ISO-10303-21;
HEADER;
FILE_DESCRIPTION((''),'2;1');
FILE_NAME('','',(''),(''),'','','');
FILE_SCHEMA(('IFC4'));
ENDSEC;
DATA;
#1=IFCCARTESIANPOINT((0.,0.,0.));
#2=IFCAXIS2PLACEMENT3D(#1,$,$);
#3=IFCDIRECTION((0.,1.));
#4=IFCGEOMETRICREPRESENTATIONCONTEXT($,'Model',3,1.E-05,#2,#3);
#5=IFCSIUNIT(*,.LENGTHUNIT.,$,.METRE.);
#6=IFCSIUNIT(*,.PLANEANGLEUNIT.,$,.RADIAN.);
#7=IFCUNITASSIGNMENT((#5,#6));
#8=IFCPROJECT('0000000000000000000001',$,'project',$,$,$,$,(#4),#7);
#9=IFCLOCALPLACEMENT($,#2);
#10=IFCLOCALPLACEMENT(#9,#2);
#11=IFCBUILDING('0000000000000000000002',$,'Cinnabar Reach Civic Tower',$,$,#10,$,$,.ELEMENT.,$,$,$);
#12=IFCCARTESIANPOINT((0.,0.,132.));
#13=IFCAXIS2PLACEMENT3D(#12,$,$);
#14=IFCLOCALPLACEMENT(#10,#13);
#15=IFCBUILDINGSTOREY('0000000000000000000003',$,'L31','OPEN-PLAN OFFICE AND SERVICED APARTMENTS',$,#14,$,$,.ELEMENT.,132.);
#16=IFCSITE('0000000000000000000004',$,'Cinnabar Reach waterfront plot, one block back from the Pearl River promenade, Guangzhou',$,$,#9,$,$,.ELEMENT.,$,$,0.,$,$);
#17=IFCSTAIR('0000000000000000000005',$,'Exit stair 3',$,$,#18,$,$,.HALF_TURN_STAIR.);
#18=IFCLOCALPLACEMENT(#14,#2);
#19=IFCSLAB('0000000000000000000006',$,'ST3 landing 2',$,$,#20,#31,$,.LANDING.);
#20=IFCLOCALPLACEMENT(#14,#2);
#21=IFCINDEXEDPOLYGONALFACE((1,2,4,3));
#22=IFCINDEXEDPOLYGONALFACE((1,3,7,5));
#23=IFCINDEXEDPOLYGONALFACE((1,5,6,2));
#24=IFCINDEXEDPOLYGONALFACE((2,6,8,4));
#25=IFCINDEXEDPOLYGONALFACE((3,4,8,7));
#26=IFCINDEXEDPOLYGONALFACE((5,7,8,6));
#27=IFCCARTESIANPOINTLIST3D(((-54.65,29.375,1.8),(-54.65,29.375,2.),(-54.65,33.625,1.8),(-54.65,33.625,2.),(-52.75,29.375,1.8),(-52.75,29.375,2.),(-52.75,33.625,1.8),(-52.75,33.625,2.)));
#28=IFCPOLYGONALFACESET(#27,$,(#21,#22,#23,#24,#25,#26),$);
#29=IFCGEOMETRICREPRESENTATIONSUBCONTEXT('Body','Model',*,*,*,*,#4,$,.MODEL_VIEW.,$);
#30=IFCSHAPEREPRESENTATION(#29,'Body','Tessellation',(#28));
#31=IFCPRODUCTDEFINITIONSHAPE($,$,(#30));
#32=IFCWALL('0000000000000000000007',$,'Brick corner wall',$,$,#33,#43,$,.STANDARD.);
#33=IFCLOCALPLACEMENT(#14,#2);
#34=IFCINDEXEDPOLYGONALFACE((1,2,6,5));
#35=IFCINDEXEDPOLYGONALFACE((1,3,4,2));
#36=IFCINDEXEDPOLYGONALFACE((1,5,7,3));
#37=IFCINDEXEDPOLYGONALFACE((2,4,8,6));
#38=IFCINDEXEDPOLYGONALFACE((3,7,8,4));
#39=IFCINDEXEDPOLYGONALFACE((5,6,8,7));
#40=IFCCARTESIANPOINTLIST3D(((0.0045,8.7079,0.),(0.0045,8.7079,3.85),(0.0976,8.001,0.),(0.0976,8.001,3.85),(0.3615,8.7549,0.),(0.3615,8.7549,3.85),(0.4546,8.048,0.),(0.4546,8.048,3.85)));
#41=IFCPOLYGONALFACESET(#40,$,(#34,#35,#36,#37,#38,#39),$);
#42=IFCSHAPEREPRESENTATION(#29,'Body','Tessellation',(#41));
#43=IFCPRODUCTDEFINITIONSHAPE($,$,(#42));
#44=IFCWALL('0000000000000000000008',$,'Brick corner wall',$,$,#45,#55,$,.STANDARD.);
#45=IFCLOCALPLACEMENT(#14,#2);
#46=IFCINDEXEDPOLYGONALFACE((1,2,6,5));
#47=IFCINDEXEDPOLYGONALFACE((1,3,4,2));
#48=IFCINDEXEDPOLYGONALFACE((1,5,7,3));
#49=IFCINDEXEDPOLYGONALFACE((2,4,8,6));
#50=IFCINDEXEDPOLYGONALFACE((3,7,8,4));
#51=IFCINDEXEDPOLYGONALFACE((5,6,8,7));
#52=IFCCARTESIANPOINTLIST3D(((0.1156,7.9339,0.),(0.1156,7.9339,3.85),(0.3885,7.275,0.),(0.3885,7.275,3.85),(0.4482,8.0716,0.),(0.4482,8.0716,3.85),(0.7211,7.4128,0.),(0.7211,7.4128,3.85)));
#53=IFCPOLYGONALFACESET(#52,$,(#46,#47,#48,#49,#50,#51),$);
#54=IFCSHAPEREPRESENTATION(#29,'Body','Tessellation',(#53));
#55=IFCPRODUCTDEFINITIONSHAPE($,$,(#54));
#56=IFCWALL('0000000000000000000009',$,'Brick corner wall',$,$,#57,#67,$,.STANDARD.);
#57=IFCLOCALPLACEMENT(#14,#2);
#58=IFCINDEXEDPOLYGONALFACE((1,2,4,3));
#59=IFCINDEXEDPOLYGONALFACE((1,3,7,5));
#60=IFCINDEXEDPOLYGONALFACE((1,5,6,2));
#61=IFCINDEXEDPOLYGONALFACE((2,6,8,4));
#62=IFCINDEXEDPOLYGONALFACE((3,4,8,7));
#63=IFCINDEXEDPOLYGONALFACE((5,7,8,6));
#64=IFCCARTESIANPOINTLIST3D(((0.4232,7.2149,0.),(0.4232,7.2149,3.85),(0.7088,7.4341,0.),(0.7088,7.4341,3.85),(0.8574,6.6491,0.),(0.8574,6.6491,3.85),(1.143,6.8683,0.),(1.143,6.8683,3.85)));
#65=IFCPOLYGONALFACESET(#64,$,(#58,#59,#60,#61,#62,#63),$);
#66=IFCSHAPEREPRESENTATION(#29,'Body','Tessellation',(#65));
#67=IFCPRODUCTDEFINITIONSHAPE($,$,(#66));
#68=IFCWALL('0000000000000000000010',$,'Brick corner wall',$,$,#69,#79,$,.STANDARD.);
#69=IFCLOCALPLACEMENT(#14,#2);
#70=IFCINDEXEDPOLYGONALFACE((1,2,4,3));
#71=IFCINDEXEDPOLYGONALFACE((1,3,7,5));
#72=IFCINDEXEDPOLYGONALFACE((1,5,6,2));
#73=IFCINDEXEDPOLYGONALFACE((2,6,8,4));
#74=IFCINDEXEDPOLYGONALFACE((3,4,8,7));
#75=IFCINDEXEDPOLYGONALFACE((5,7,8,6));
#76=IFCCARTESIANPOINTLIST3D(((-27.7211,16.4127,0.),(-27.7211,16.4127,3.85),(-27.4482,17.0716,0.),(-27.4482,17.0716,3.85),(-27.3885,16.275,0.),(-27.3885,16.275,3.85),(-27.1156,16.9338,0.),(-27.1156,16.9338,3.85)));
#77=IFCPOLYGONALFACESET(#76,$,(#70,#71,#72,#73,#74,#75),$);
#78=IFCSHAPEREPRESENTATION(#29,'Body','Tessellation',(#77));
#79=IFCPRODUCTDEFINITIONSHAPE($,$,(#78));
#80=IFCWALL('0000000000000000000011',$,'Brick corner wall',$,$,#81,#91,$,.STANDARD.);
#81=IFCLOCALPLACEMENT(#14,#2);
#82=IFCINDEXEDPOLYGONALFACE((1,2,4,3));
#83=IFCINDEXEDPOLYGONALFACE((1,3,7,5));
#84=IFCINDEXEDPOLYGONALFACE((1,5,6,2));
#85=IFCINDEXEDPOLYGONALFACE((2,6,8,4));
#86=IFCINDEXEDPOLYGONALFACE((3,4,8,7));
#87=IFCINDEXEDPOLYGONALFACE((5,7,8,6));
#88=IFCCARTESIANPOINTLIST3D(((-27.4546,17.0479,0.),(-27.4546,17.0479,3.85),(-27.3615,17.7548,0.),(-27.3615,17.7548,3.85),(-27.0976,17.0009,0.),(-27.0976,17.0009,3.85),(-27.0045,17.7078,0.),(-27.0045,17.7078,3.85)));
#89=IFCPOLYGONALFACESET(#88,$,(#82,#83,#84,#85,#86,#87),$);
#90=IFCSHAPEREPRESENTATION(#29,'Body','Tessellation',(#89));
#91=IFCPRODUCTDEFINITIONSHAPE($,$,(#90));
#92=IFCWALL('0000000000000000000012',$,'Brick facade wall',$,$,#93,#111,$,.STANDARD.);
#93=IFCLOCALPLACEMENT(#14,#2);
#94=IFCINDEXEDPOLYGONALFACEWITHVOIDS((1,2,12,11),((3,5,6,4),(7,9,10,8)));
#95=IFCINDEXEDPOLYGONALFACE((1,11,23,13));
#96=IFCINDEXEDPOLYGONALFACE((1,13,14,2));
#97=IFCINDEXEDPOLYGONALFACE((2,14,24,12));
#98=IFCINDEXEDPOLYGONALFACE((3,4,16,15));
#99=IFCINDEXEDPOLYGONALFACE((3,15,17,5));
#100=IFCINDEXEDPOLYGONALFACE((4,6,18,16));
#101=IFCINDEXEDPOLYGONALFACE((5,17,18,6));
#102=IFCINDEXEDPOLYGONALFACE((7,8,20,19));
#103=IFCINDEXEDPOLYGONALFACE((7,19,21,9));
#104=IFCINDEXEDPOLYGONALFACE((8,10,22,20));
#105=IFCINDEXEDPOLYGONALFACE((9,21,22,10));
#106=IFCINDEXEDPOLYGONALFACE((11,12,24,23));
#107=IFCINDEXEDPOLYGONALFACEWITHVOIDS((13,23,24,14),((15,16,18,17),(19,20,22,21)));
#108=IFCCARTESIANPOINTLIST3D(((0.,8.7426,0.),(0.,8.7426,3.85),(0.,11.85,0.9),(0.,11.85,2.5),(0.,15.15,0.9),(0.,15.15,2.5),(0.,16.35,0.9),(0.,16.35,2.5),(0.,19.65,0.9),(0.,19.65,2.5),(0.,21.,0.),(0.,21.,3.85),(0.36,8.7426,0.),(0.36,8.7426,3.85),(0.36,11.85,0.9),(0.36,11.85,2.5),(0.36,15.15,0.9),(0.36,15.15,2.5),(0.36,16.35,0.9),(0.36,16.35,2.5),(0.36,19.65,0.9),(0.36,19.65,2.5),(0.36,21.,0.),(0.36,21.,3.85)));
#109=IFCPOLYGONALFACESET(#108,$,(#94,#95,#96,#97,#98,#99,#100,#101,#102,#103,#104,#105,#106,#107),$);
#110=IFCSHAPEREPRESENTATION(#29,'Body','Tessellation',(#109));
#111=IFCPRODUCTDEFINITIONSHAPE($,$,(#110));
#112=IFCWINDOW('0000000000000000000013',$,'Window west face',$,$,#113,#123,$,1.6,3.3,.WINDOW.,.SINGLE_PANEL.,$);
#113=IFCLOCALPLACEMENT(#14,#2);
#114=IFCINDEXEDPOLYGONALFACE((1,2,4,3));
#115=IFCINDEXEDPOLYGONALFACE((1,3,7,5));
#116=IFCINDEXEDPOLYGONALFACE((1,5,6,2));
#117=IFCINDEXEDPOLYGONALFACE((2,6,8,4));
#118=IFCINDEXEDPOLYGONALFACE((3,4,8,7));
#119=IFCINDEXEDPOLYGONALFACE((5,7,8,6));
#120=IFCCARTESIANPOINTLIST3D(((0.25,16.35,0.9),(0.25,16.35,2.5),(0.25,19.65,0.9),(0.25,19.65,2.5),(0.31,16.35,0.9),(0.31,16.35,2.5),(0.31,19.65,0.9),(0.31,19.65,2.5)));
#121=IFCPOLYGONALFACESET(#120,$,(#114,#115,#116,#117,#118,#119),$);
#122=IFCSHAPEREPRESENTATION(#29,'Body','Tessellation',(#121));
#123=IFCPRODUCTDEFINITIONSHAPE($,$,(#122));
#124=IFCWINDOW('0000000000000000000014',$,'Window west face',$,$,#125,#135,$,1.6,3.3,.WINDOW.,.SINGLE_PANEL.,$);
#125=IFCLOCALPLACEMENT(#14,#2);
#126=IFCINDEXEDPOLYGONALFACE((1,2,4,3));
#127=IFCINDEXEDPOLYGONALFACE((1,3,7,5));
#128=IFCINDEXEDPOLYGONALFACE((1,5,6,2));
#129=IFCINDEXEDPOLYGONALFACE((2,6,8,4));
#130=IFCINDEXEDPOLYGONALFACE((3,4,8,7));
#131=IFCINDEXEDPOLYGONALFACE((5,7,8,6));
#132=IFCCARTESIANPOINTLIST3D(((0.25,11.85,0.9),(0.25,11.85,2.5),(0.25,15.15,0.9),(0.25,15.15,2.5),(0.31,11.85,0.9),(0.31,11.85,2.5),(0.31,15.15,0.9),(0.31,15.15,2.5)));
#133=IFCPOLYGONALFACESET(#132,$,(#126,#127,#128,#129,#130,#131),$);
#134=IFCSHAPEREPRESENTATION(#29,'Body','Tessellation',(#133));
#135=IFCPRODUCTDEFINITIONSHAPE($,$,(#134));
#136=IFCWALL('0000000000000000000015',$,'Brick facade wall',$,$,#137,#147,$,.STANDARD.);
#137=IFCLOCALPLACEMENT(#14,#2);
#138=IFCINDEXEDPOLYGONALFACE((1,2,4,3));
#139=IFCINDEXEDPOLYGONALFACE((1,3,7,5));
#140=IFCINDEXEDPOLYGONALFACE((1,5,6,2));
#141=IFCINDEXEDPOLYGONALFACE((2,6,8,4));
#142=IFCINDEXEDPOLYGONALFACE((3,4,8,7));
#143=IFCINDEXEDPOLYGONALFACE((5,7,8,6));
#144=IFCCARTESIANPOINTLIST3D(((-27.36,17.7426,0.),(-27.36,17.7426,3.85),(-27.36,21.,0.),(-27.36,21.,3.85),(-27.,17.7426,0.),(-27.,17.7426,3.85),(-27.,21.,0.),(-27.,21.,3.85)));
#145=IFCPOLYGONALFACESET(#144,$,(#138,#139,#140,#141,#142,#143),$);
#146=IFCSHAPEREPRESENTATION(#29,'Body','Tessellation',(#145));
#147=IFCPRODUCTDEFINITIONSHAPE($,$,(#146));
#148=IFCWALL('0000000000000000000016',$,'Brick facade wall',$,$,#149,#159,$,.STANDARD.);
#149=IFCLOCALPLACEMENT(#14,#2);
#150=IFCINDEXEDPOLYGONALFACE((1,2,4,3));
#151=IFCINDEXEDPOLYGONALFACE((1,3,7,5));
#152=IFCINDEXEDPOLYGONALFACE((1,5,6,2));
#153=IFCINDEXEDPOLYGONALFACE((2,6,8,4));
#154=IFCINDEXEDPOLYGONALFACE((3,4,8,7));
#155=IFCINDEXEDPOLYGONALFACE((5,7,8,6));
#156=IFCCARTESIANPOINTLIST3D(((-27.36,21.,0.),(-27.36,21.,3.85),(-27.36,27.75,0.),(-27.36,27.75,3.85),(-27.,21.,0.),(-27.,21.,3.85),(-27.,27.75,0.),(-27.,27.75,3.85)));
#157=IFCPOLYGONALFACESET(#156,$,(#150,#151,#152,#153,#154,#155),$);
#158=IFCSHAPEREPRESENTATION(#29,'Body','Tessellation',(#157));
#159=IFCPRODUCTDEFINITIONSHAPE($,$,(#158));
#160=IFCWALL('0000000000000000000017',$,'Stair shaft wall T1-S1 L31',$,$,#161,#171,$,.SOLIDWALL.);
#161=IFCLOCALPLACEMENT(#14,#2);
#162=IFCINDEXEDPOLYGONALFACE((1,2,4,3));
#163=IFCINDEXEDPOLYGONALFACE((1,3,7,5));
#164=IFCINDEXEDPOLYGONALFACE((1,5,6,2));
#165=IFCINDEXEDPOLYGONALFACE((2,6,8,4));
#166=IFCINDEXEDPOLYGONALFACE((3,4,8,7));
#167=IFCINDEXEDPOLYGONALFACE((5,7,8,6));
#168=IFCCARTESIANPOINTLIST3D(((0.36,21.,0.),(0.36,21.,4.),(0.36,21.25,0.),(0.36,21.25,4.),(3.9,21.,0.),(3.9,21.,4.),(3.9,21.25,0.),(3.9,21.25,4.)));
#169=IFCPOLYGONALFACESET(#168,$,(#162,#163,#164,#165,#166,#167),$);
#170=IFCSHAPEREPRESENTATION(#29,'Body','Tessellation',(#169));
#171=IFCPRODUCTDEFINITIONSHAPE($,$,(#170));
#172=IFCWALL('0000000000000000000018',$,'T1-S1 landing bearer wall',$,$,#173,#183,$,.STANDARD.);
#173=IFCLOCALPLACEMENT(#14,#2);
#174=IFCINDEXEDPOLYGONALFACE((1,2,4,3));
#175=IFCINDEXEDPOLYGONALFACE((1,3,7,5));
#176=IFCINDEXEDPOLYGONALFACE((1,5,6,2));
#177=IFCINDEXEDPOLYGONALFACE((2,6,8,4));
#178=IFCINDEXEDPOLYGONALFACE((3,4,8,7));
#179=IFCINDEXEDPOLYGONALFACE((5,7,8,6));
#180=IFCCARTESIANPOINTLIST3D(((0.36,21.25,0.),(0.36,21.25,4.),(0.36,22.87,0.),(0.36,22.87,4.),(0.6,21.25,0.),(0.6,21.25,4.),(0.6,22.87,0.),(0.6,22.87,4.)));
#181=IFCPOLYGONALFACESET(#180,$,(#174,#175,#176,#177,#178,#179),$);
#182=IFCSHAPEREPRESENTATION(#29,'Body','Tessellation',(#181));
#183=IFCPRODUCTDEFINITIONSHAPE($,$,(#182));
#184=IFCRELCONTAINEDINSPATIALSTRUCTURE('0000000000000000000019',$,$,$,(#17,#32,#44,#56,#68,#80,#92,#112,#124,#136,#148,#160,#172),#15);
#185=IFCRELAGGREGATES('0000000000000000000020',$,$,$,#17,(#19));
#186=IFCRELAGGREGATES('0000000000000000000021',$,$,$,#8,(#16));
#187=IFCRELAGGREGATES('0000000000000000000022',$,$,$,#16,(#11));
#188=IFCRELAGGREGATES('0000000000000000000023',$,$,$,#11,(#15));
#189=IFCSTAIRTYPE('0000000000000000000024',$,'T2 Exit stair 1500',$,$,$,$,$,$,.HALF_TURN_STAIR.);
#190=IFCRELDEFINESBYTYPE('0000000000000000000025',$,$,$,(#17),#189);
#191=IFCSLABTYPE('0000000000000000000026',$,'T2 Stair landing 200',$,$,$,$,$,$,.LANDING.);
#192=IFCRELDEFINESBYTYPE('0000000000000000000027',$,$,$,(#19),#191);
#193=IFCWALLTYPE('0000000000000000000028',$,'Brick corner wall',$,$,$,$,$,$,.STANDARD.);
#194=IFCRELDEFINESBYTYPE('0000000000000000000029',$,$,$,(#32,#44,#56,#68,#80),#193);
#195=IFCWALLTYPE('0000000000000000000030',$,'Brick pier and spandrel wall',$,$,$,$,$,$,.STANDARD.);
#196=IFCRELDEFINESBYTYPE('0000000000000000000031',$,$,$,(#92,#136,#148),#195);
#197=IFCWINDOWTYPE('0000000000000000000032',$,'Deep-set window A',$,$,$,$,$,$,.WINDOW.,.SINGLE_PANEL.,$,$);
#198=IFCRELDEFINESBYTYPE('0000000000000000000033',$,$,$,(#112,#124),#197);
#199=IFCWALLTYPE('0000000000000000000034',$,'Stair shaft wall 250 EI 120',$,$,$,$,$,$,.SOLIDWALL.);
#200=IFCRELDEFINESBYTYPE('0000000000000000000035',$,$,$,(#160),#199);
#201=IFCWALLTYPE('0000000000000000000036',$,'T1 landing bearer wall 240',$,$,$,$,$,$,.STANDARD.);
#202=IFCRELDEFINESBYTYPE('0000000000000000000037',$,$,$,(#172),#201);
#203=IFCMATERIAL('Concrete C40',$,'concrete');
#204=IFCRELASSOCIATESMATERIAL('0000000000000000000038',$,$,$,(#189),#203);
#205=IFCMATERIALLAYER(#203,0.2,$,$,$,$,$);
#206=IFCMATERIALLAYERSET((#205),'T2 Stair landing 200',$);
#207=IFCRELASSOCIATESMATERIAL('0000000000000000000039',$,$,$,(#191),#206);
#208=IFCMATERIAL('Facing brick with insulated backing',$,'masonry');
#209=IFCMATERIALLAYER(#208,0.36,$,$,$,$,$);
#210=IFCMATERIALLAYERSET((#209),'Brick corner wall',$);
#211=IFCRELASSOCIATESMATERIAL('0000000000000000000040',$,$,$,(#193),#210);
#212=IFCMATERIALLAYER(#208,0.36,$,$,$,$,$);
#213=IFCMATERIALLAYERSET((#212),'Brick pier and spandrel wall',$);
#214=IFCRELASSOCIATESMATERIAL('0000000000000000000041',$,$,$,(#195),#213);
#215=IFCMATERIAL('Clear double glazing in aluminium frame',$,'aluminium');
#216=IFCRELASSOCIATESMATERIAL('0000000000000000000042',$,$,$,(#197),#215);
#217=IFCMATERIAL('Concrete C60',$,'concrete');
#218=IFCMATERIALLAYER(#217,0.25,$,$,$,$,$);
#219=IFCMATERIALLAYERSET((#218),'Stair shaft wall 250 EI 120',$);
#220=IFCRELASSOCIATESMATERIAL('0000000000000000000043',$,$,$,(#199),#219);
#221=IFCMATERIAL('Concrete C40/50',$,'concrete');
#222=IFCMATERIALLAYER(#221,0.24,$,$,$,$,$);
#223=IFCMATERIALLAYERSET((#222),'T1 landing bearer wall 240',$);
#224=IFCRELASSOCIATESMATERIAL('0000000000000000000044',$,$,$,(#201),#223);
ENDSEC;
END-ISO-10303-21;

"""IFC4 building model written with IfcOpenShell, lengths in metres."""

from ifc_helpers import new_model, si_unit, direction, frame, frame_2d, origin, place, context, subcontext, project, spatial, polyline, rectangle, outline, extrude, material, layer, layer_set, type_object, element, fill, aggregate, save


model = new_model("IFC4")

# Units and contexts
model_context = context("Model", 3, precision=1e-05, world=origin(), true_north=direction((0.0, 1.0)))
body_context = subcontext(model_context, "Body", "Model", "MODEL_VIEW")
ifc_project = project(units=[si_unit("LENGTHUNIT", "METRE"), si_unit("PLANEANGLEUNIT", "RADIAN")], contexts=[model_context])

# Site, building, storey
site_placement = place(None, origin())
site = spatial("IfcSite", under=ifc_project, at=site_placement, Name="Cinnabar Reach waterfront plot, one block back from the Pearl River promenade, Guangzhou", CompositionType="ELEMENT", RefElevation=0.0)
building_placement = place(site_placement, origin())
building = spatial("IfcBuilding", under=site, at=building_placement, Name="Cinnabar Reach Civic Tower", CompositionType="ELEMENT")
storey_placement = place(building_placement, frame((0.0, 0.0, 132.0)))
storey = spatial("IfcBuildingStorey", under=building, at=storey_placement, Name="L31", Description="OPEN-PLAN OFFICE AND SERVICED APARTMENTS", CompositionType="ELEMENT", Elevation=132.0)

# Shared definitions
ifc_material_1 = material(Name="Concrete C60", Category="concrete")

# Shared definitions
ifc_material_2 = material(Name="Concrete C40", Category="concrete")

# Shared definitions
ifc_material_3 = material(Name="Concrete C40/50", Category="concrete")

# Stair, slab
stair_type_1 = type_object("IfcStairType", Name="T2 Exit stair 1500", PredefinedType="HALF_TURN_STAIR", material=ifc_material_2)
ifc_layer_1 = layer(ifc_material_2, 0.2)
ifc_layer_set_1 = layer_set([ifc_layer_1], Name="T2 Stair landing 200")
slab_type_1 = type_object("IfcSlabType", Name="T2 Stair landing 200", PredefinedType="LANDING", material=ifc_layer_set_1)
stair_1_placement = place(storey_placement, origin())
stair_1 = element("IfcStair", 1, at=stair_1_placement, inside=storey, type_object=stair_type_1, Name="Exit stair 3", PredefinedType="HALF_TURN_STAIR")
slab_1_placement = place(storey_placement, frame((0.0, 0.0, 1.8)))
slab_1 = element("IfcSlab", 2, at=slab_1_placement, type_object=slab_type_1, Name="ST3 landing 2", PredefinedType="LANDING", context=body_context, shape_type="SweptSolid", body=[
    extrude(outline(polyline([(-54.65, 29.375), (-54.65, 33.625), (-52.75, 33.625), (-52.75, 29.375), (-54.65, 29.375)])), origin(), (0.0, 0.0, 1.0), 0.2),
])
aggregate(stair_1, [slab_1])

# Walls
ifc_material_4 = material(Name="Facing brick with insulated backing", Category="masonry")
ifc_layer_2 = layer(ifc_material_4, 0.36)
ifc_layer_set_2 = layer_set([ifc_layer_2], Name="Brick corner wall")
wall_type_1 = type_object("IfcWallType", Name="Brick corner wall", PredefinedType="STANDARD", material=ifc_layer_set_2)
for number, where, z_axis, x_axis, name in (
    (3, (0.183, 8.7314, 0.0), (0.0, 0.0, 1.0), (0.130556, -0.991441, 0.0), "Brick corner wall"),
    (4, (0.2819, 8.0027, 0.0), (0.0, 0.0, 1.0), (0.382703, -0.923872, 0.0), "Brick corner wall"),
):
    element("IfcWall", number, at=place(storey_placement, frame(where, z_axis=z_axis, x_axis=x_axis)), inside=storey, type_object=wall_type_1, Name=name, PredefinedType="STANDARD", context=body_context, shape_type="SweptSolid", body=[
        extrude(rectangle(XDim=0.7131, YDim=0.36, at=frame_2d((0.3565, 0.0))), origin(), (0.0, 0.0, 1.0), 3.85),
    ])
wall_1_placement = place(storey_placement, frame((0.566, 7.3245, 0.0), z_axis=(0.0, 0.0, 1.0), x_axis=(0.608802, -0.793322, 0.0)))
element("IfcWall", 5, at=wall_1_placement, inside=storey, type_object=wall_type_1, Name="Brick corner wall", PredefinedType="STANDARD", context=body_context, shape_type="SweptSolid", body=[
    extrude(rectangle(XDim=0.7132, YDim=0.36, at=frame_2d((0.3566, 0.0))), origin(), (0.0, 0.0, 1.0), 3.85),
])
for number, where, z_axis, x_axis, name in (
    (6, (-27.5548, 16.3439, 0.0), (0.0, 0.0, 1.0), (0.382703, 0.923872, 0.0), "Brick corner wall"),
    (7, (-27.2761, 17.0244, 0.0), (0.0, 0.0, 1.0), (0.130556, 0.991441, 0.0), "Brick corner wall"),
):
    element("IfcWall", number, at=place(storey_placement, frame(where, z_axis=z_axis, x_axis=x_axis)), inside=storey, type_object=wall_type_1, Name=name, PredefinedType="STANDARD", context=body_context, shape_type="SweptSolid", body=[
        extrude(rectangle(XDim=0.7131, YDim=0.36, at=frame_2d((0.3565, 0.0))), origin(), (0.0, 0.0, 1.0), 3.85),
    ])

# Wall, openings, windows
ifc_layer_3 = layer(ifc_material_4, 0.36)
ifc_layer_set_3 = layer_set([ifc_layer_3], Name="Brick pier and spandrel wall")
wall_type_2 = type_object("IfcWallType", Name="Brick pier and spandrel wall", PredefinedType="STANDARD", material=ifc_layer_set_3)
wall_2_placement = place(storey_placement, frame((0.18, 21.0, 0.0), z_axis=(0.0, 0.0, 1.0), x_axis=(0.0, -1.0, 0.0)))
wall_2 = element("IfcWall", 8, at=wall_2_placement, inside=storey, type_object=wall_type_2, Name="Brick facade wall", PredefinedType="STANDARD", context=body_context, shape_type="SweptSolid", body=[
    extrude(rectangle(XDim=12.2574, YDim=0.36, at=frame_2d((6.1287, 0.0))), origin(), (0.0, 0.0, 1.0), 3.85),
])
opening_1_placement = place(wall_2_placement, frame((1.35, 0.0, 0.9)))
opening_1 = element("IfcOpeningElement", 9, at=opening_1_placement, cuts=wall_2, PredefinedType="OPENING", context=body_context, shape_type="SweptSolid", body=[
    extrude(rectangle(XDim=3.3, YDim=1.6, at=frame_2d((1.65, 0.8))), frame((0.0, 0.19, 0.0), z_axis=(0.0, -1.0, 0.0), x_axis=(1.0, 0.0, 0.0)), (0.0, 0.0, 1.0), 0.38),
])
opening_2_placement = place(wall_2_placement, frame((5.85, 0.0, 0.9)))
opening_2 = element("IfcOpeningElement", 10, at=opening_2_placement, cuts=wall_2, PredefinedType="OPENING", context=body_context, shape_type="SweptSolid", body=[
    extrude(rectangle(XDim=3.3, YDim=1.6, at=frame_2d((1.65, 0.8))), frame((0.0, 0.19, 0.0), z_axis=(0.0, -1.0, 0.0), x_axis=(1.0, 0.0, 0.0)), (0.0, 0.0, 1.0), 0.38),
])
ifc_material_5 = material(Name="Clear double glazing in aluminium frame", Category="aluminium")
window_type = type_object("IfcWindowType", Name="Deep-set window A", PartitioningType="SINGLE_PANEL", PredefinedType="WINDOW", material=ifc_material_5)
window_1_placement = place(opening_1_placement, origin())
window_1 = element("IfcWindow", 11, at=window_1_placement, inside=storey, type_object=window_type, Name="Window west face", OverallHeight=1.6, OverallWidth=3.3, PartitioningType="SINGLE_PANEL", PredefinedType="WINDOW", context=body_context, shape_type="SweptSolid", body=[
    extrude(rectangle(XDim=3.3, YDim=1.6, at=frame_2d((1.65, 0.8))), frame((0.0, 0.13, 0.0), z_axis=(0.0, -1.0, 0.0), x_axis=(1.0, 0.0, 0.0)), (0.0, 0.0, 1.0), 0.06),
])
fill(opening_1, window_1)
window_2_placement = place(opening_2_placement, origin())
window_2 = element("IfcWindow", 12, at=window_2_placement, inside=storey, type_object=window_type, Name="Window west face", OverallHeight=1.6, OverallWidth=3.3, PartitioningType="SINGLE_PANEL", PredefinedType="WINDOW", context=body_context, shape_type="SweptSolid", body=[
    extrude(rectangle(XDim=3.3, YDim=1.6, at=frame_2d((1.65, 0.8))), frame((0.0, 0.13, 0.0), z_axis=(0.0, -1.0, 0.0), x_axis=(1.0, 0.0, 0.0)), (0.0, 0.0, 1.0), 0.06),
])
fill(opening_2, window_2)

# Walls
wall_3_placement = place(storey_placement, frame((-27.18, 17.7426, 0.0), z_axis=(0.0, 0.0, 1.0), x_axis=(0.0, 1.0, 0.0)))
element("IfcWall", 13, at=wall_3_placement, inside=storey, type_object=wall_type_2, Name="Brick facade wall", PredefinedType="STANDARD", context=body_context, shape_type="SweptSolid", body=[
    extrude(rectangle(XDim=3.2574, YDim=0.36, at=frame_2d((1.6287, 0.0))), origin(), (0.0, 0.0, 1.0), 3.85),
])
wall_4_placement = place(storey_placement, frame((-27.18, 21.0, 0.0), z_axis=(0.0, 0.0, 1.0), x_axis=(0.0, 1.0, 0.0)))
element("IfcWall", 14, at=wall_4_placement, inside=storey, type_object=wall_type_2, Name="Brick facade wall", PredefinedType="STANDARD", context=body_context, shape_type="SweptSolid", body=[
    extrude(rectangle(XDim=6.75, YDim=0.36, at=frame_2d((3.375, 0.0))), origin(), (0.0, 0.0, 1.0), 3.85),
])
ifc_layer_4 = layer(ifc_material_1, 0.25)
ifc_layer_set_4 = layer_set([ifc_layer_4], Name="Stair shaft wall 250 EI 120")
wall_type_3 = type_object("IfcWallType", Name="Stair shaft wall 250 EI 120", PredefinedType="SOLIDWALL", material=ifc_layer_set_4)
wall_5_placement = place(storey_placement, frame((0.36, 21.125, 0.0), z_axis=(0.0, 0.0, 1.0), x_axis=(1.0, 0.0, 0.0)))
element("IfcWall", 15, at=wall_5_placement, inside=storey, type_object=wall_type_3, Name="Stair shaft wall T1-S1 L31", PredefinedType="SOLIDWALL", context=body_context, shape_type="SweptSolid", body=[
    extrude(rectangle(XDim=3.54, YDim=0.25, at=frame_2d((1.77, 0.0))), origin(), (0.0, 0.0, 1.0), 4.0),
])
ifc_layer_5 = layer(ifc_material_3, 0.24)
ifc_layer_set_5 = layer_set([ifc_layer_5], Name="T1 landing bearer wall 240")
wall_type_4 = type_object("IfcWallType", Name="T1 landing bearer wall 240", PredefinedType="STANDARD", material=ifc_layer_set_5)
wall_6_placement = place(storey_placement, frame((0.48, 21.25, 0.0), z_axis=(0.0, 0.0, 1.0), x_axis=(0.0, 1.0, 0.0)))
element("IfcWall", 16, at=wall_6_placement, inside=storey, type_object=wall_type_4, Name="T1-S1 landing bearer wall", PredefinedType="STANDARD", context=body_context, shape_type="SweptSolid", body=[
    extrude(rectangle(XDim=1.62, YDim=0.24, at=frame_2d((0.81, 0.0))), origin(), (0.0, 0.0, 1.0), 4.0),
])

save(model, "model.ifc")
